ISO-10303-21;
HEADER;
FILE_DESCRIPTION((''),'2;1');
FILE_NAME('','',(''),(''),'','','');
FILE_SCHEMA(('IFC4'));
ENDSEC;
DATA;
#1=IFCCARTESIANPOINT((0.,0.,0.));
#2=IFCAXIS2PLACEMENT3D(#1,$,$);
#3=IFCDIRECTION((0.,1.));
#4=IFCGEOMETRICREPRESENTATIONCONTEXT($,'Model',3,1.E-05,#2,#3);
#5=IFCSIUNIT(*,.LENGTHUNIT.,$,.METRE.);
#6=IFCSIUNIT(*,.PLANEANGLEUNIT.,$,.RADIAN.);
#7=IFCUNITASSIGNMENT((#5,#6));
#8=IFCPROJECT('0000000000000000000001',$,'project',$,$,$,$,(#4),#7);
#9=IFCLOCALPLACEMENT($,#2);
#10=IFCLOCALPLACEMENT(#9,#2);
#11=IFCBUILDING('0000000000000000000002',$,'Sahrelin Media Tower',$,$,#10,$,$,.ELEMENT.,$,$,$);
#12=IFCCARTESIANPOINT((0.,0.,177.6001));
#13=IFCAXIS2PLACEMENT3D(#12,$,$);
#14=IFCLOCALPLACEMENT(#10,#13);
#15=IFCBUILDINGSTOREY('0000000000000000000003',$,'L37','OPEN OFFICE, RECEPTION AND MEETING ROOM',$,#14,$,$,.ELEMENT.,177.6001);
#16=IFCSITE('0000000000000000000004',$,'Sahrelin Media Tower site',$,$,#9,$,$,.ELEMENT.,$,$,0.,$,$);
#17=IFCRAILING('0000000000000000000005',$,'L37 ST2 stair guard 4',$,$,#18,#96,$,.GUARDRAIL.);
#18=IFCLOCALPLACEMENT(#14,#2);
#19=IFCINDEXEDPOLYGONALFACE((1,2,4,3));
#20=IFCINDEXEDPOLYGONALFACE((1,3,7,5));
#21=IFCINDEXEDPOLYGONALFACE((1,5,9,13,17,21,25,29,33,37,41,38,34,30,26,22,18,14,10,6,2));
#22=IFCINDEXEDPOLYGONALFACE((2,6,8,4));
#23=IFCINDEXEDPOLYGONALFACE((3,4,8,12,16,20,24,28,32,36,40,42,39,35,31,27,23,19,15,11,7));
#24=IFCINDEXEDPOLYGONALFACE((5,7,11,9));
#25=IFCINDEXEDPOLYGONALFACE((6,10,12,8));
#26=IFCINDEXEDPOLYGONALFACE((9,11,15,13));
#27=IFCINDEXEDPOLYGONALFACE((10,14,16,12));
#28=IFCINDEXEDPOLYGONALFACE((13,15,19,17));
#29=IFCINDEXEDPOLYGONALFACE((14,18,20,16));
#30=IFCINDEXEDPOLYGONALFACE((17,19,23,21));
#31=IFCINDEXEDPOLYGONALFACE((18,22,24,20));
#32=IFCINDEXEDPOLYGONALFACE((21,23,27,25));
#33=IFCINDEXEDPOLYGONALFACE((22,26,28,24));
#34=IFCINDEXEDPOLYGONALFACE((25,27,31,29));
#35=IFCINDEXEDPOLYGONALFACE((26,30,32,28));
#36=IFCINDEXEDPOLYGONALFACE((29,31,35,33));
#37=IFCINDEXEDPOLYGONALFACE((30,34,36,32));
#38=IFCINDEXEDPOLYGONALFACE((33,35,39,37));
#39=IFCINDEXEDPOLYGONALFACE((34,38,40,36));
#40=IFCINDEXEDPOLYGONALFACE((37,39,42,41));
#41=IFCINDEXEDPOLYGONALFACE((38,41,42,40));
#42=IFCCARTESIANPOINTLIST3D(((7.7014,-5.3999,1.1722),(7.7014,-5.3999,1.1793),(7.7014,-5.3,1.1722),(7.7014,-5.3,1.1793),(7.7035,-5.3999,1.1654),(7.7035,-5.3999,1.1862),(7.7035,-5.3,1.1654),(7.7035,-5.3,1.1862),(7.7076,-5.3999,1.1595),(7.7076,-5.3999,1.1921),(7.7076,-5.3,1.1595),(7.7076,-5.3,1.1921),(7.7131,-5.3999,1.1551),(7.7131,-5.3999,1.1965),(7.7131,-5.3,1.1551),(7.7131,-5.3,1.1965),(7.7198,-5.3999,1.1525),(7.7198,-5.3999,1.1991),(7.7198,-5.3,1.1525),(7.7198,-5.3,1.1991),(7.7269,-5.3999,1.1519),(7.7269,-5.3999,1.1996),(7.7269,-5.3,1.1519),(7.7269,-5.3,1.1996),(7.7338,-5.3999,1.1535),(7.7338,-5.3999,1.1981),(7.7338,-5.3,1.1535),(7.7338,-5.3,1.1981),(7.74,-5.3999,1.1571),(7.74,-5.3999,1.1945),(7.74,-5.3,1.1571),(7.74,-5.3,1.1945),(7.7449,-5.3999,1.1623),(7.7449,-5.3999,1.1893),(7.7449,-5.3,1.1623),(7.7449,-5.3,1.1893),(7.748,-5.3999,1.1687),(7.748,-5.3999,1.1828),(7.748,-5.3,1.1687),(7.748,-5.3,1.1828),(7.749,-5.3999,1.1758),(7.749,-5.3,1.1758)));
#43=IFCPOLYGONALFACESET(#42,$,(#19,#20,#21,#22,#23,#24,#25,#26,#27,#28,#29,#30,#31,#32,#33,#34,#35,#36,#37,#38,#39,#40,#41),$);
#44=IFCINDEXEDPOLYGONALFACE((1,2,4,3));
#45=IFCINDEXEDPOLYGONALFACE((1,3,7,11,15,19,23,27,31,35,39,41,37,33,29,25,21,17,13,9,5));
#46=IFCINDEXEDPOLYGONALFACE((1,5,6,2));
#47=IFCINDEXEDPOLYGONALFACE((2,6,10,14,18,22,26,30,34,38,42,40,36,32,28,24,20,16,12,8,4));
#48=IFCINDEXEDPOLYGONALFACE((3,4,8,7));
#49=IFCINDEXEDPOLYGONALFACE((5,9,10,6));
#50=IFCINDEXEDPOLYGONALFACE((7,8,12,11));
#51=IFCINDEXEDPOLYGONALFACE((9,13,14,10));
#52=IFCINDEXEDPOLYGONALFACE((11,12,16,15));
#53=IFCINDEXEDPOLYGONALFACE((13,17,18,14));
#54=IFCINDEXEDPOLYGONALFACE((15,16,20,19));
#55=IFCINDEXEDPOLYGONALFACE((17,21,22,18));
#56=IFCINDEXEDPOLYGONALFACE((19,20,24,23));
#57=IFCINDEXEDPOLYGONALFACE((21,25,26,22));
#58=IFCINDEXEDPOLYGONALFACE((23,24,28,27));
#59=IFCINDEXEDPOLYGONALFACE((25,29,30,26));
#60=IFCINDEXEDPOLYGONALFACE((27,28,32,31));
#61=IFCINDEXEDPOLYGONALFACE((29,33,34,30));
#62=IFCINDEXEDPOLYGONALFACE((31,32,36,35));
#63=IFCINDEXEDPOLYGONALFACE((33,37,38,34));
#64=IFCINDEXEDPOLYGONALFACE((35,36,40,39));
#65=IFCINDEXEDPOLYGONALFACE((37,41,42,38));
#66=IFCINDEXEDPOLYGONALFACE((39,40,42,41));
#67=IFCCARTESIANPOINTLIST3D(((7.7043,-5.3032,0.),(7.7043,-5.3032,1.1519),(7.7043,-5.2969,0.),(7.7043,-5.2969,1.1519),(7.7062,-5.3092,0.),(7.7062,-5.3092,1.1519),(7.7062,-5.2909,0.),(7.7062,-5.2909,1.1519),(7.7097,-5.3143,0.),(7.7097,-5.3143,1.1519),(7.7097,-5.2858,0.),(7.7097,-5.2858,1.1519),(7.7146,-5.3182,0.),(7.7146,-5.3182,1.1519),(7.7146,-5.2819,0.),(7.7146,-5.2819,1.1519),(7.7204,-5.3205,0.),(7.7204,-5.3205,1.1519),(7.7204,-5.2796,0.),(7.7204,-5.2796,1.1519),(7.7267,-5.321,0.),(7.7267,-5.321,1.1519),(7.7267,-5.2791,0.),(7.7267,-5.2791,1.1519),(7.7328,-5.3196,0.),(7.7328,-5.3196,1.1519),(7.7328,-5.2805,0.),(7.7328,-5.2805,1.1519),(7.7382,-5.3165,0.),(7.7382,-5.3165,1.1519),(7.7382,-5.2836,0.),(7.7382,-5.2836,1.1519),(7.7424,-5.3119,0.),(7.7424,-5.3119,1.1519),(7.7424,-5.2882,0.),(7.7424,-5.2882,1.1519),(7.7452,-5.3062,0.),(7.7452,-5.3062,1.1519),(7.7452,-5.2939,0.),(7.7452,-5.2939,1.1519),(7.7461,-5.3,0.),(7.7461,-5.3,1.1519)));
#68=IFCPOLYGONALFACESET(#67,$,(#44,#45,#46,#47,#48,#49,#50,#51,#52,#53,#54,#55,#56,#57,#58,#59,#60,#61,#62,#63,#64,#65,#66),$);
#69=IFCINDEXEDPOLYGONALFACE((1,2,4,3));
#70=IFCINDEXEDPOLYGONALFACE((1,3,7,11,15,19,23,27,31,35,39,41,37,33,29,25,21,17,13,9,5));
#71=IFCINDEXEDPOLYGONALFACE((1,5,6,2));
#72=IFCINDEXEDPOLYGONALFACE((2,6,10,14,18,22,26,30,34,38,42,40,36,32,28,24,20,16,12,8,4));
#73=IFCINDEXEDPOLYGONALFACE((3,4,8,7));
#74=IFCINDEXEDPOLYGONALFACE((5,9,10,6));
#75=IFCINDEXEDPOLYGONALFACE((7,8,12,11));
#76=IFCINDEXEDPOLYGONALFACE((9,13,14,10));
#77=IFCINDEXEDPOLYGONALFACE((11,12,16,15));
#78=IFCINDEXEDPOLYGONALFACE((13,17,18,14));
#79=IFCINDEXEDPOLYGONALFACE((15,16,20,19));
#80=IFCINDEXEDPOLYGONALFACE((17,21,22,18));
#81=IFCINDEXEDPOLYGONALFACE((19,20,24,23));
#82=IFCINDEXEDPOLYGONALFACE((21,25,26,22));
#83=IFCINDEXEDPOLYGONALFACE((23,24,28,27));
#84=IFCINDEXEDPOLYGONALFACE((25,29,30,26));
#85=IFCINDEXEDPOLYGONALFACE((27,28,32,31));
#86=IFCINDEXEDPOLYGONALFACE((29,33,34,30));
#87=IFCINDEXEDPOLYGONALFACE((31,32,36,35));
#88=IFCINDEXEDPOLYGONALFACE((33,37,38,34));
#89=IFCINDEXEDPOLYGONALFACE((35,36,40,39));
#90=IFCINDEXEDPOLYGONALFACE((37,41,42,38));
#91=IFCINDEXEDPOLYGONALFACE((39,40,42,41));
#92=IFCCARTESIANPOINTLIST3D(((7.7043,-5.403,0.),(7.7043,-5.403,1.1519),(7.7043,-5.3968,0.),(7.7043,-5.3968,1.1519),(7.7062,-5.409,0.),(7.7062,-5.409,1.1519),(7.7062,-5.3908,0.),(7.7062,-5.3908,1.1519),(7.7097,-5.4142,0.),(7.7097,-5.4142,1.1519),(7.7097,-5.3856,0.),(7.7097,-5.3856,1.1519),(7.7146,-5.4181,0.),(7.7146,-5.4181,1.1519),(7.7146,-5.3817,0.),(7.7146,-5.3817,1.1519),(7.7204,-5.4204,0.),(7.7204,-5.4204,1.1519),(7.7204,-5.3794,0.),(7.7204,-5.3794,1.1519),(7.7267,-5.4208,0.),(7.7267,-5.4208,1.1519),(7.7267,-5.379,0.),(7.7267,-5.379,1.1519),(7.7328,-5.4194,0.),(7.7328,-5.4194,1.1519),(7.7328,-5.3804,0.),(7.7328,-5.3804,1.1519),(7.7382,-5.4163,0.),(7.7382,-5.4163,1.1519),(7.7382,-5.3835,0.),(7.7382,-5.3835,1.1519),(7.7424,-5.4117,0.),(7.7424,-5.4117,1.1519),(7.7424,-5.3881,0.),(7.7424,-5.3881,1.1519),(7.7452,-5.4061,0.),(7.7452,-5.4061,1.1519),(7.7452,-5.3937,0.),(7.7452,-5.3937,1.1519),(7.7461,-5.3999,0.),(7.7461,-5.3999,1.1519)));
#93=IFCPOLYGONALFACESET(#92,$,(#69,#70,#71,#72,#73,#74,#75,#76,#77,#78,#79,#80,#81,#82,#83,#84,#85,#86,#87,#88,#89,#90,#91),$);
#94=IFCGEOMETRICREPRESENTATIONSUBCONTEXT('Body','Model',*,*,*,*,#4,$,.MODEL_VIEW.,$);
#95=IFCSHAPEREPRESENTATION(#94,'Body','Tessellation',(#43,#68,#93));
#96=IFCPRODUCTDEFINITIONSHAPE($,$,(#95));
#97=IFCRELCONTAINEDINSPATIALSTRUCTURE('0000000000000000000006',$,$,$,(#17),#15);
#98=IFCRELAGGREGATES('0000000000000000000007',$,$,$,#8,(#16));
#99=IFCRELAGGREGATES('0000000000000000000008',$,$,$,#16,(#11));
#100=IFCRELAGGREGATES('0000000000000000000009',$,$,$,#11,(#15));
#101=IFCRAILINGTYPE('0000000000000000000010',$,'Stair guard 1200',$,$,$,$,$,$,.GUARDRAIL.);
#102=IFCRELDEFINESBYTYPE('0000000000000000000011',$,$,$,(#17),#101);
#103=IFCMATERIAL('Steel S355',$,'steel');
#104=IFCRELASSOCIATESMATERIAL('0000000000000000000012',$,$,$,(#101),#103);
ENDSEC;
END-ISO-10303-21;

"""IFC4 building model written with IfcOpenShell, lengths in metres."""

from ifc_helpers import new_model, si_unit, direction, frame, origin, origin_2d, place, context, subcontext, project, spatial, circle, extrude, material, type_object, element, save


model = new_model("IFC4")

# Units and contexts
model_context = context("Model", 3, precision=1e-05, world=origin(), true_north=direction((0.0, 1.0)))
body_context = subcontext(model_context, "Body", "Model", "MODEL_VIEW")
ifc_project = project(units=[si_unit("LENGTHUNIT", "METRE"), si_unit("PLANEANGLEUNIT", "RADIAN")], contexts=[model_context])

# Site, building, storey
site_placement = place(None, origin())
site = spatial("IfcSite", under=ifc_project, at=site_placement, Name="Sahrelin Media Tower site", CompositionType="ELEMENT", RefElevation=0.0)
building_placement = place(site_placement, origin())
building = spatial("IfcBuilding", under=site, at=building_placement, Name="Sahrelin Media Tower", CompositionType="ELEMENT")
storey_placement = place(building_placement, frame((0.0, 0.0, 177.6001)))
storey = spatial("IfcBuildingStorey", under=building, at=storey_placement, Name="L37", Description="OPEN OFFICE, RECEPTION AND MEETING ROOM", CompositionType="ELEMENT", Elevation=177.6001)

# Shared definitions
ifc_material_1 = material(Name="Steel S355", Category="steel")

# Railing
railing_type_1 = type_object("IfcRailingType", Name="Stair guard 1200", PredefinedType="GUARDRAIL", material=ifc_material_1)
railing_1_placement = place(storey_placement, frame((7.7251, -5.3, 0.0)))
element("IfcRailing", 1, at=railing_1_placement, inside=storey, type_object=railing_type_1, Name="L37 ST2 stair guard 4", PredefinedType="GUARDRAIL", context=body_context, shape_type="SweptSolid", body=[
    extrude(circle(Radius=0.0239, at=origin_2d()), frame((0.0, 0.0, 1.1758), z_axis=(0.0, -1.0, 0.0), x_axis=(1.0, 0.0, 0.0)), (0.0, 0.0, 1.0), 0.0999),
    extrude(circle(Radius=0.021, at=origin_2d()), origin(), (0.0, 0.0, 1.0), 1.1519),
    extrude(circle(Radius=0.021, at=origin_2d()), frame((0.0, -0.0999, 0.0)), (0.0, 0.0, 1.0), 1.1519),
])

save(model, "model.ifc")
